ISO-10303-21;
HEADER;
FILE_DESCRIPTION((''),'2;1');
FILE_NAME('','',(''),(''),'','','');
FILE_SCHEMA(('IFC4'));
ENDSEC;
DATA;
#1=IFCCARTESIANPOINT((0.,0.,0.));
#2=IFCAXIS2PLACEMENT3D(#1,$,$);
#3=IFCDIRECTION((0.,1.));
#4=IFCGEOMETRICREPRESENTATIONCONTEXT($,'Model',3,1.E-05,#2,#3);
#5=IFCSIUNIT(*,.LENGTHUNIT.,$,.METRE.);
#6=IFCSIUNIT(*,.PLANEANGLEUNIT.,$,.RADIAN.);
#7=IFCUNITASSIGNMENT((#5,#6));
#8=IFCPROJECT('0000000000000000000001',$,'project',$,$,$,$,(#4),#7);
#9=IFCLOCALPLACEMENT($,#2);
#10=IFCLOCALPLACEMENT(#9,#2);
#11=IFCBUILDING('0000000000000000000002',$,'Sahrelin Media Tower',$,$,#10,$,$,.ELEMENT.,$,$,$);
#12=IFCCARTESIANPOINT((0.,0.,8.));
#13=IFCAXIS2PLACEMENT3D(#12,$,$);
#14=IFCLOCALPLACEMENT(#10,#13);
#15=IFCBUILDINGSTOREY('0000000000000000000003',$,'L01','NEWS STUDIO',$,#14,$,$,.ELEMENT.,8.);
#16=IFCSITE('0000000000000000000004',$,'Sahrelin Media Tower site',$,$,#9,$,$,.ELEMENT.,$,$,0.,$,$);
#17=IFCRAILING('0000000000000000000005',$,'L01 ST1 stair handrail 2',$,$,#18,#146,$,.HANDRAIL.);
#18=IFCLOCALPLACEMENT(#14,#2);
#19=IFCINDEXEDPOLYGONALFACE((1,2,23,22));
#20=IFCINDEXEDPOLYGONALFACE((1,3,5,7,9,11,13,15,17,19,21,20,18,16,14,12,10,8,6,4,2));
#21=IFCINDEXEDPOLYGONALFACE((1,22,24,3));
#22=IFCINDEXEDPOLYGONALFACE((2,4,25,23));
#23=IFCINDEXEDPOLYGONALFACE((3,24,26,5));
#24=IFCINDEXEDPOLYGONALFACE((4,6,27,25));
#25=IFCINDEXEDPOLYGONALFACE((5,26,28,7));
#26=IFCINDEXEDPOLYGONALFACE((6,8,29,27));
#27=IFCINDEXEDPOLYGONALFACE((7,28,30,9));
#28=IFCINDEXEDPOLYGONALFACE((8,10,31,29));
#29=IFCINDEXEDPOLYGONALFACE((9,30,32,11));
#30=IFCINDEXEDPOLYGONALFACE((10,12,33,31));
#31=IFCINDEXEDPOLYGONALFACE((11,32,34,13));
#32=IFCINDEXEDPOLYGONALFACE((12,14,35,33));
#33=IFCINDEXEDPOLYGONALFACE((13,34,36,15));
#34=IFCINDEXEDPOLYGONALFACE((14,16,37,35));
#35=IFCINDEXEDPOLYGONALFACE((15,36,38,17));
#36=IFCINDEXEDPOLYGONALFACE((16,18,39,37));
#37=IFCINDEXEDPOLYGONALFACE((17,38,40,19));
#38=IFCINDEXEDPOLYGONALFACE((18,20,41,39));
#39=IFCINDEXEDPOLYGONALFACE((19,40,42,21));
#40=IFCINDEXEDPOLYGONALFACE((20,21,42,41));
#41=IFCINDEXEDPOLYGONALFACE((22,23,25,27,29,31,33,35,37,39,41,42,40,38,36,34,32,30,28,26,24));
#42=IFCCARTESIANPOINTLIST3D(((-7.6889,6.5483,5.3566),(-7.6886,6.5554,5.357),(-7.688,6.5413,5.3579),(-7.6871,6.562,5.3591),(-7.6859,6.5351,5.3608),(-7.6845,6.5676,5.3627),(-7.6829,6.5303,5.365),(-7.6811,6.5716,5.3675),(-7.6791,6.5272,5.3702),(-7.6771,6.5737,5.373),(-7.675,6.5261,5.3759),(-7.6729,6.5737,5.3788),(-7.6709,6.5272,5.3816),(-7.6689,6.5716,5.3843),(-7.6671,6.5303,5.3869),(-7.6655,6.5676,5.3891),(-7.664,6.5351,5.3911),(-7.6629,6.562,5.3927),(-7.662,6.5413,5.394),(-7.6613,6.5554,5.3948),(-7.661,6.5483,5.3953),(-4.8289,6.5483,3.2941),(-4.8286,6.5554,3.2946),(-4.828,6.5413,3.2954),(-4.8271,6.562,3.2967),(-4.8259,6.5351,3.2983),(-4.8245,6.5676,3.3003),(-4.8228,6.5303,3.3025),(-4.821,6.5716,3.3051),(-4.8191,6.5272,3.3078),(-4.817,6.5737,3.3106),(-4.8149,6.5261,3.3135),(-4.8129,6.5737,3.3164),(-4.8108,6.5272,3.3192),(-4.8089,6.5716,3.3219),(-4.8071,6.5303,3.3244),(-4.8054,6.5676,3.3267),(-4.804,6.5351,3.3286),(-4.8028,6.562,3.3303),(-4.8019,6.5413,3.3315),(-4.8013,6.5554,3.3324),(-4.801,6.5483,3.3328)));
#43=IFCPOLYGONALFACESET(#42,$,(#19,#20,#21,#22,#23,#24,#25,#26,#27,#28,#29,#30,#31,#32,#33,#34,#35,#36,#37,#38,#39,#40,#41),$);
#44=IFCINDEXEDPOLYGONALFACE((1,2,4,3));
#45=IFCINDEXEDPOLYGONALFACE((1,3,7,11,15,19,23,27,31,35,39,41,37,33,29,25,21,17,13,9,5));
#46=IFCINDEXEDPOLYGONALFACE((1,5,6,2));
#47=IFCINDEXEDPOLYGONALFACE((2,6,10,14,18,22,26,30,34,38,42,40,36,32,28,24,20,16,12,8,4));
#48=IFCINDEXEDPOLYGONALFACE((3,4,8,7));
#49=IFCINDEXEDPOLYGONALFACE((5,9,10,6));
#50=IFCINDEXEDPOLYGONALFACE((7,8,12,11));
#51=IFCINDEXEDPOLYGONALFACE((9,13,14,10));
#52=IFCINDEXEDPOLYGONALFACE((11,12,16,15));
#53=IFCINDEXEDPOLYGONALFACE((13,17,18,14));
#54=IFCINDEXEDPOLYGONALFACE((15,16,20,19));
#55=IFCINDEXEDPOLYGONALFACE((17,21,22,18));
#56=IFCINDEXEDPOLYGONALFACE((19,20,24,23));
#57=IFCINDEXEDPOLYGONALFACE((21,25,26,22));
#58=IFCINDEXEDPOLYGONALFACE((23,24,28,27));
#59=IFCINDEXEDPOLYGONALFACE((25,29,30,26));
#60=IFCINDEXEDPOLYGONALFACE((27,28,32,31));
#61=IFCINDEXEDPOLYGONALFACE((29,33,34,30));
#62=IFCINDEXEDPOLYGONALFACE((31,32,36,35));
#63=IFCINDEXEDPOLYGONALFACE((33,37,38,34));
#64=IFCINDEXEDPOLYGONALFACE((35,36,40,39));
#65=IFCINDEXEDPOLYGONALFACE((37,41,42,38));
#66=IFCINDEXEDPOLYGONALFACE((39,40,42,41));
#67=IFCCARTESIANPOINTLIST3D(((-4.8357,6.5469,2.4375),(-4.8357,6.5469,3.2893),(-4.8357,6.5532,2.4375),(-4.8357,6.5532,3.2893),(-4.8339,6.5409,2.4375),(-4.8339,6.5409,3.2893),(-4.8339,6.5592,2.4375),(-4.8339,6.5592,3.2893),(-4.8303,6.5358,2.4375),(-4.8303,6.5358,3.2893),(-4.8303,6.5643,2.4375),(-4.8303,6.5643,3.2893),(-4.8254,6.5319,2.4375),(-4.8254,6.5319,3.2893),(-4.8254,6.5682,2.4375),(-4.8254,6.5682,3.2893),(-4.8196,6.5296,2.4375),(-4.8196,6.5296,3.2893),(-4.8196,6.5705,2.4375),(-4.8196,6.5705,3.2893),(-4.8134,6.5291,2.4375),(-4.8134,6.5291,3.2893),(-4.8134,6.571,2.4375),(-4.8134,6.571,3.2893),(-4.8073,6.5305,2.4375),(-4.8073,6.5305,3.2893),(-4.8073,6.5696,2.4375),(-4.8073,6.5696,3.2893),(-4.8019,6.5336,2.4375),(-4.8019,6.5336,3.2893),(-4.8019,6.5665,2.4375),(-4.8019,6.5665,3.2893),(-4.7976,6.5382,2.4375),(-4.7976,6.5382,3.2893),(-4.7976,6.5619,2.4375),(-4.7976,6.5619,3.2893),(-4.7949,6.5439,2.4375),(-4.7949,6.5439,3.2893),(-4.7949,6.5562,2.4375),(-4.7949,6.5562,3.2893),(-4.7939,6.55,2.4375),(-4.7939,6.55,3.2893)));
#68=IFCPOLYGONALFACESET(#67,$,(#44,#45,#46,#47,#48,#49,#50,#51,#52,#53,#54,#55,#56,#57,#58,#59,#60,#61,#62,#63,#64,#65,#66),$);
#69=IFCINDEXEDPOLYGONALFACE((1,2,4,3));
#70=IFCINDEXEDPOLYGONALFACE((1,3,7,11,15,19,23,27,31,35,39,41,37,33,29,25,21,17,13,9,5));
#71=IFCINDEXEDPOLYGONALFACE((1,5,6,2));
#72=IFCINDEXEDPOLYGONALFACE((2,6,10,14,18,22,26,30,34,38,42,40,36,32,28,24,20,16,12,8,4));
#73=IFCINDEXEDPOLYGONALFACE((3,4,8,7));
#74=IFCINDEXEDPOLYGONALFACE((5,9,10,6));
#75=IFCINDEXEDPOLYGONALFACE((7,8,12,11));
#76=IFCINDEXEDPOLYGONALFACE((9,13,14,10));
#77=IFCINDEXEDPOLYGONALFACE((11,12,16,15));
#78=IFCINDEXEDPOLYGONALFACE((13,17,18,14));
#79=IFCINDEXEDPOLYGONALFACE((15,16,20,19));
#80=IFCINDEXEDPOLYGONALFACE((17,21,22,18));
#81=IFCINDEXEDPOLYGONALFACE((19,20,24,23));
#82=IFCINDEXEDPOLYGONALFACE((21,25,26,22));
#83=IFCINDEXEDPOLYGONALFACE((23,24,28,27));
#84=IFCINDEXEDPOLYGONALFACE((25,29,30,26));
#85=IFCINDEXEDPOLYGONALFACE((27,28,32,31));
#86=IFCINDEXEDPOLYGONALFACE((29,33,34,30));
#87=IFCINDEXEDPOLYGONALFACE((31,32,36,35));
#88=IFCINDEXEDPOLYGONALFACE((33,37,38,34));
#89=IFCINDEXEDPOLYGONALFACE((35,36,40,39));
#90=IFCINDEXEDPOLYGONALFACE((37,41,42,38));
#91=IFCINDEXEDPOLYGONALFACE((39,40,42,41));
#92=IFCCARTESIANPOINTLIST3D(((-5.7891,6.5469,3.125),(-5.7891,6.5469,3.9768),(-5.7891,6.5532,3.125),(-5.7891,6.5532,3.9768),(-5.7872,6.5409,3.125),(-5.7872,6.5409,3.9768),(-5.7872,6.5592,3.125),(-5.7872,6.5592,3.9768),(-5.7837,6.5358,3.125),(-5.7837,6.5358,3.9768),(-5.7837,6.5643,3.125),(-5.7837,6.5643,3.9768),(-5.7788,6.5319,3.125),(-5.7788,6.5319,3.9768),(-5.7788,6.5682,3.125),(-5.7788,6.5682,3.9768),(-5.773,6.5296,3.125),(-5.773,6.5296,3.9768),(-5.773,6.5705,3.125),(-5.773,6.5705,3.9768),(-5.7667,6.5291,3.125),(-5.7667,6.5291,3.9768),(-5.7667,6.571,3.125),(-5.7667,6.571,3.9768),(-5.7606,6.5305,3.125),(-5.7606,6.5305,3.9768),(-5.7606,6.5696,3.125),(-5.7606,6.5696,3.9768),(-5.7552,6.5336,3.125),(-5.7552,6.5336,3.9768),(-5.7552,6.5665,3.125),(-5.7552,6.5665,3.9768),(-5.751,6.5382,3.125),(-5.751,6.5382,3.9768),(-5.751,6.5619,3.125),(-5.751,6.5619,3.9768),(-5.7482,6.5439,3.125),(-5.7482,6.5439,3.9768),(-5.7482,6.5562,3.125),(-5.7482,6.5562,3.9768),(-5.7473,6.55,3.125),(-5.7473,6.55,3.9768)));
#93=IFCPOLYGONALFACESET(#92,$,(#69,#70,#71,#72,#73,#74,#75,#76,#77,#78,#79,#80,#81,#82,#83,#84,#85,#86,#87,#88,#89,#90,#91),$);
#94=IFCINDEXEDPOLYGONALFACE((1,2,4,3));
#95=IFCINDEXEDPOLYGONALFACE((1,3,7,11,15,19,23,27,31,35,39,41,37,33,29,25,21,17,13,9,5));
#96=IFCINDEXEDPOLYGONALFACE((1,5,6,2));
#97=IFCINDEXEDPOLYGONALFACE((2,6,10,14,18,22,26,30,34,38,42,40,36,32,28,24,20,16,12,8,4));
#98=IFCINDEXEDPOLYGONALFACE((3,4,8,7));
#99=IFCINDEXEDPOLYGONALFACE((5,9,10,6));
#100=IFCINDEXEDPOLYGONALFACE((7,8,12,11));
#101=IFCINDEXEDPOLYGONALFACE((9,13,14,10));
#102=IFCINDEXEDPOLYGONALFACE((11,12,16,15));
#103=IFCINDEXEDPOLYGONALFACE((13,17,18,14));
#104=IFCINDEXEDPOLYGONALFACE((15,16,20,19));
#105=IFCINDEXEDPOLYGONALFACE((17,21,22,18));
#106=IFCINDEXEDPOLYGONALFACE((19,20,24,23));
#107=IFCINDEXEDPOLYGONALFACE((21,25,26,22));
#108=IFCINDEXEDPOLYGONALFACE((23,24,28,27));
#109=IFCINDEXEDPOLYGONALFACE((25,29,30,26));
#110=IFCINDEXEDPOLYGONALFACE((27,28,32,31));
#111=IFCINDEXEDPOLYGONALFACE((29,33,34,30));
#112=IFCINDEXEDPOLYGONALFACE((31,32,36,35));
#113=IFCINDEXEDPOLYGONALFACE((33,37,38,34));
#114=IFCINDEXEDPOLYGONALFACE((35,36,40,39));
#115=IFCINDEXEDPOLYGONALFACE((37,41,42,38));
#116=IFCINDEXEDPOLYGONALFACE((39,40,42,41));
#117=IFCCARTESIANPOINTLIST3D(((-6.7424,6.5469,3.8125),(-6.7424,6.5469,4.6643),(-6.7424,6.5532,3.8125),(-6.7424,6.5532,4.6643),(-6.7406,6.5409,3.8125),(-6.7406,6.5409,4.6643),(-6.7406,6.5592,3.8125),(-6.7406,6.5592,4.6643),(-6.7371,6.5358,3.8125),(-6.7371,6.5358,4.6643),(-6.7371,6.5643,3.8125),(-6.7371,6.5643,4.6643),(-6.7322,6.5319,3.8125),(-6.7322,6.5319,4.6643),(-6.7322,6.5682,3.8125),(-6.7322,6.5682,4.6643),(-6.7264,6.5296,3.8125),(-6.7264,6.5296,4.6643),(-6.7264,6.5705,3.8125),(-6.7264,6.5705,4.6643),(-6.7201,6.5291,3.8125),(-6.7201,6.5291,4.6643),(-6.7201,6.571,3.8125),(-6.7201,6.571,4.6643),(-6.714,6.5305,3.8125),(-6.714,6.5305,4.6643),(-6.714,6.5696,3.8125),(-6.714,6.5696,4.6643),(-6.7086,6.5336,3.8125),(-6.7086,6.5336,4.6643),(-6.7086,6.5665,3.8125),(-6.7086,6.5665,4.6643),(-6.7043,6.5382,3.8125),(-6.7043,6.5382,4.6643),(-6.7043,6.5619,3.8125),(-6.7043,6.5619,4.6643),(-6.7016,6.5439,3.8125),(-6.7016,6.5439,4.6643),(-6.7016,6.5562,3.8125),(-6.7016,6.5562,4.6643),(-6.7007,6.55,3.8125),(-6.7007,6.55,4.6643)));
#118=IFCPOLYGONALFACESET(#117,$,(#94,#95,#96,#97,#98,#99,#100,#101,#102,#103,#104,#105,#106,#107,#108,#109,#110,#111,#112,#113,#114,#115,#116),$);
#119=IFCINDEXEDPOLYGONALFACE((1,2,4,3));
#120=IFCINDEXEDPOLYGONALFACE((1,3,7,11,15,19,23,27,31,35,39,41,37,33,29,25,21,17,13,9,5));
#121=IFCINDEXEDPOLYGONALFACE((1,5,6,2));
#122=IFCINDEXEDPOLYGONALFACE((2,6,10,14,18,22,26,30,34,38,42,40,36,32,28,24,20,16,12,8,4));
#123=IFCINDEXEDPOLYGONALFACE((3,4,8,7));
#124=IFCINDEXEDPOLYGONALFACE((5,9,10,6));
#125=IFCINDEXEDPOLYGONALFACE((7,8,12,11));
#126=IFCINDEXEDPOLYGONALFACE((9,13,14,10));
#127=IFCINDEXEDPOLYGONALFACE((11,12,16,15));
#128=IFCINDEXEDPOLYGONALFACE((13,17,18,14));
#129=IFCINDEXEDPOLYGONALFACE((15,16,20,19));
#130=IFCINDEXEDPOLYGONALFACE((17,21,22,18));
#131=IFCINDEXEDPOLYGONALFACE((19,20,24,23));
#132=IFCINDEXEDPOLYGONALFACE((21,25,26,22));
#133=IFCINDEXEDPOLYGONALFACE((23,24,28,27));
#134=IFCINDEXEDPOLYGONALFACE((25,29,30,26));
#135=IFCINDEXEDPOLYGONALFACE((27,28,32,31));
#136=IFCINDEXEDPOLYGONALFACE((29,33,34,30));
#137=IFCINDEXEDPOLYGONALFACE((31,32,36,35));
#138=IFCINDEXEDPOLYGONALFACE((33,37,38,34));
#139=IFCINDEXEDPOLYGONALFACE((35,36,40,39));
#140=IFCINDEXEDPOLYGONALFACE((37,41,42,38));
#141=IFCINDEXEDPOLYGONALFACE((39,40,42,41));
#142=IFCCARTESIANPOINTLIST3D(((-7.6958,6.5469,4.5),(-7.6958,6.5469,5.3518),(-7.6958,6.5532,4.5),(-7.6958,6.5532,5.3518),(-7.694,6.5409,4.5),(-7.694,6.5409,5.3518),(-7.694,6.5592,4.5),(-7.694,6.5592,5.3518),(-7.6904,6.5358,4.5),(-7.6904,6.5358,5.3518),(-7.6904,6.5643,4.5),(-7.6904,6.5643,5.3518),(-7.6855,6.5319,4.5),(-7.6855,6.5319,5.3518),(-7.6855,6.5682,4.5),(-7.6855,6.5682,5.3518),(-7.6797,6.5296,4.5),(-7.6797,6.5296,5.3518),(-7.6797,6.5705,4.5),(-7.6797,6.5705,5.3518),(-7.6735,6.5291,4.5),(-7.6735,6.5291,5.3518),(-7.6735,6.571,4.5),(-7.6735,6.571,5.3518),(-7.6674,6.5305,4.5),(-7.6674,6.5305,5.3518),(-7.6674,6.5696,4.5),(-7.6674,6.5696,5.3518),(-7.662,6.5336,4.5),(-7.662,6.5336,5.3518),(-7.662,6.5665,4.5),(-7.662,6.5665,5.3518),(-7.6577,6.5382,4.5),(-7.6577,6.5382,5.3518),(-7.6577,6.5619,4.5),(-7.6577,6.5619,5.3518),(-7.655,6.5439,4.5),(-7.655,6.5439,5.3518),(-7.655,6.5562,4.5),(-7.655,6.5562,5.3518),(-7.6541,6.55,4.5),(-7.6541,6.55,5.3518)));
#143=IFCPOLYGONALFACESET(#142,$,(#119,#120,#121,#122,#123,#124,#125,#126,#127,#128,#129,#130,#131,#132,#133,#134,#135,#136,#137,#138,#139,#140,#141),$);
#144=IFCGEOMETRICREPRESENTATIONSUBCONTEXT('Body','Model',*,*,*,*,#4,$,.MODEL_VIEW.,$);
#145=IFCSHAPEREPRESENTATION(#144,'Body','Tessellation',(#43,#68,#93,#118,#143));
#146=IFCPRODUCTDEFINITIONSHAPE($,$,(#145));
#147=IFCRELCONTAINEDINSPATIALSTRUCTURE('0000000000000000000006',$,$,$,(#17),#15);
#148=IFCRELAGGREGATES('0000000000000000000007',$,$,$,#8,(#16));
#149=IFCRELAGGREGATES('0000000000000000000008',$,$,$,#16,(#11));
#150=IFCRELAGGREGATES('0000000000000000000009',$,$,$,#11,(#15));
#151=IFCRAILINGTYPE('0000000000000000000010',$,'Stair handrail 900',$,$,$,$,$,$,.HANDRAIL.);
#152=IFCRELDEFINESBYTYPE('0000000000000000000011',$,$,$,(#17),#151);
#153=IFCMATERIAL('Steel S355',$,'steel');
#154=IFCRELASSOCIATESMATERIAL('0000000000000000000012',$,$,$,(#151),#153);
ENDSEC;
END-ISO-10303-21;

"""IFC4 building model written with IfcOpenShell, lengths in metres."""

from ifc_helpers import new_model, si_unit, direction, frame, origin, origin_2d, place, context, subcontext, project, spatial, circle, extrude, material, type_object, element, save


model = new_model("IFC4")

# Units and contexts
model_context = context("Model", 3, precision=1e-05, world=origin(), true_north=direction((0.0, 1.0)))
body_context = subcontext(model_context, "Body", "Model", "MODEL_VIEW")
ifc_project = project(units=[si_unit("LENGTHUNIT", "METRE"), si_unit("PLANEANGLEUNIT", "RADIAN")], contexts=[model_context])

# Site, building, storey
site_placement = place(None, origin())
site = spatial("IfcSite", under=ifc_project, at=site_placement, Name="Sahrelin Media Tower site", CompositionType="ELEMENT", RefElevation=0.0)
building_placement = place(site_placement, origin())
building = spatial("IfcBuilding", under=site, at=building_placement, Name="Sahrelin Media Tower", CompositionType="ELEMENT")
storey_placement = place(building_placement, frame((0.0, 0.0, 8.0)))
storey = spatial("IfcBuildingStorey", under=building, at=storey_placement, Name="L01", Description="NEWS STUDIO", CompositionType="ELEMENT", Elevation=8.0)

# Shared definitions
ifc_material_1 = material(Name="Steel S355", Category="steel")

# Railing
railing_type_1 = type_object("IfcRailingType", Name="Stair handrail 900", PredefinedType="HANDRAIL", material=ifc_material_1)
for number, where, name in (
    (1, (-4.8149, 6.55, 2.4375), "L01 ST1 stair handrail 2"),
):
    element("IfcRailing", number, at=place(storey_placement, frame(where)), inside=storey, type_object=railing_type_1, Name=name, PredefinedType="HANDRAIL", context=body_context, shape_type="SweptSolid", body=[
        extrude(circle(Radius=0.0239, at=origin_2d()), frame((0.0, 0.0, 0.876), z_axis=(-0.811101, 0.0, 0.584906), x_axis=(0.0, -1.0, 0.0)), (0.0, 0.0, 1.0), 3.5261),
        extrude(circle(Radius=0.021, at=origin_2d()), origin(), (0.0, 0.0, 1.0), 0.8518),
        extrude(circle(Radius=0.021, at=origin_2d()), frame((-0.9534, 0.0, 0.6875)), (0.0, 0.0, 1.0), 0.8518),
        extrude(circle(Radius=0.021, at=origin_2d()), frame((-1.9067, 0.0, 1.375)), (0.0, 0.0, 1.0), 0.8518),
        extrude(circle(Radius=0.021, at=origin_2d()), frame((-2.8601, 0.0, 2.0625)), (0.0, 0.0, 1.0), 0.8518),
    ])

save(model, "model.ifc")
